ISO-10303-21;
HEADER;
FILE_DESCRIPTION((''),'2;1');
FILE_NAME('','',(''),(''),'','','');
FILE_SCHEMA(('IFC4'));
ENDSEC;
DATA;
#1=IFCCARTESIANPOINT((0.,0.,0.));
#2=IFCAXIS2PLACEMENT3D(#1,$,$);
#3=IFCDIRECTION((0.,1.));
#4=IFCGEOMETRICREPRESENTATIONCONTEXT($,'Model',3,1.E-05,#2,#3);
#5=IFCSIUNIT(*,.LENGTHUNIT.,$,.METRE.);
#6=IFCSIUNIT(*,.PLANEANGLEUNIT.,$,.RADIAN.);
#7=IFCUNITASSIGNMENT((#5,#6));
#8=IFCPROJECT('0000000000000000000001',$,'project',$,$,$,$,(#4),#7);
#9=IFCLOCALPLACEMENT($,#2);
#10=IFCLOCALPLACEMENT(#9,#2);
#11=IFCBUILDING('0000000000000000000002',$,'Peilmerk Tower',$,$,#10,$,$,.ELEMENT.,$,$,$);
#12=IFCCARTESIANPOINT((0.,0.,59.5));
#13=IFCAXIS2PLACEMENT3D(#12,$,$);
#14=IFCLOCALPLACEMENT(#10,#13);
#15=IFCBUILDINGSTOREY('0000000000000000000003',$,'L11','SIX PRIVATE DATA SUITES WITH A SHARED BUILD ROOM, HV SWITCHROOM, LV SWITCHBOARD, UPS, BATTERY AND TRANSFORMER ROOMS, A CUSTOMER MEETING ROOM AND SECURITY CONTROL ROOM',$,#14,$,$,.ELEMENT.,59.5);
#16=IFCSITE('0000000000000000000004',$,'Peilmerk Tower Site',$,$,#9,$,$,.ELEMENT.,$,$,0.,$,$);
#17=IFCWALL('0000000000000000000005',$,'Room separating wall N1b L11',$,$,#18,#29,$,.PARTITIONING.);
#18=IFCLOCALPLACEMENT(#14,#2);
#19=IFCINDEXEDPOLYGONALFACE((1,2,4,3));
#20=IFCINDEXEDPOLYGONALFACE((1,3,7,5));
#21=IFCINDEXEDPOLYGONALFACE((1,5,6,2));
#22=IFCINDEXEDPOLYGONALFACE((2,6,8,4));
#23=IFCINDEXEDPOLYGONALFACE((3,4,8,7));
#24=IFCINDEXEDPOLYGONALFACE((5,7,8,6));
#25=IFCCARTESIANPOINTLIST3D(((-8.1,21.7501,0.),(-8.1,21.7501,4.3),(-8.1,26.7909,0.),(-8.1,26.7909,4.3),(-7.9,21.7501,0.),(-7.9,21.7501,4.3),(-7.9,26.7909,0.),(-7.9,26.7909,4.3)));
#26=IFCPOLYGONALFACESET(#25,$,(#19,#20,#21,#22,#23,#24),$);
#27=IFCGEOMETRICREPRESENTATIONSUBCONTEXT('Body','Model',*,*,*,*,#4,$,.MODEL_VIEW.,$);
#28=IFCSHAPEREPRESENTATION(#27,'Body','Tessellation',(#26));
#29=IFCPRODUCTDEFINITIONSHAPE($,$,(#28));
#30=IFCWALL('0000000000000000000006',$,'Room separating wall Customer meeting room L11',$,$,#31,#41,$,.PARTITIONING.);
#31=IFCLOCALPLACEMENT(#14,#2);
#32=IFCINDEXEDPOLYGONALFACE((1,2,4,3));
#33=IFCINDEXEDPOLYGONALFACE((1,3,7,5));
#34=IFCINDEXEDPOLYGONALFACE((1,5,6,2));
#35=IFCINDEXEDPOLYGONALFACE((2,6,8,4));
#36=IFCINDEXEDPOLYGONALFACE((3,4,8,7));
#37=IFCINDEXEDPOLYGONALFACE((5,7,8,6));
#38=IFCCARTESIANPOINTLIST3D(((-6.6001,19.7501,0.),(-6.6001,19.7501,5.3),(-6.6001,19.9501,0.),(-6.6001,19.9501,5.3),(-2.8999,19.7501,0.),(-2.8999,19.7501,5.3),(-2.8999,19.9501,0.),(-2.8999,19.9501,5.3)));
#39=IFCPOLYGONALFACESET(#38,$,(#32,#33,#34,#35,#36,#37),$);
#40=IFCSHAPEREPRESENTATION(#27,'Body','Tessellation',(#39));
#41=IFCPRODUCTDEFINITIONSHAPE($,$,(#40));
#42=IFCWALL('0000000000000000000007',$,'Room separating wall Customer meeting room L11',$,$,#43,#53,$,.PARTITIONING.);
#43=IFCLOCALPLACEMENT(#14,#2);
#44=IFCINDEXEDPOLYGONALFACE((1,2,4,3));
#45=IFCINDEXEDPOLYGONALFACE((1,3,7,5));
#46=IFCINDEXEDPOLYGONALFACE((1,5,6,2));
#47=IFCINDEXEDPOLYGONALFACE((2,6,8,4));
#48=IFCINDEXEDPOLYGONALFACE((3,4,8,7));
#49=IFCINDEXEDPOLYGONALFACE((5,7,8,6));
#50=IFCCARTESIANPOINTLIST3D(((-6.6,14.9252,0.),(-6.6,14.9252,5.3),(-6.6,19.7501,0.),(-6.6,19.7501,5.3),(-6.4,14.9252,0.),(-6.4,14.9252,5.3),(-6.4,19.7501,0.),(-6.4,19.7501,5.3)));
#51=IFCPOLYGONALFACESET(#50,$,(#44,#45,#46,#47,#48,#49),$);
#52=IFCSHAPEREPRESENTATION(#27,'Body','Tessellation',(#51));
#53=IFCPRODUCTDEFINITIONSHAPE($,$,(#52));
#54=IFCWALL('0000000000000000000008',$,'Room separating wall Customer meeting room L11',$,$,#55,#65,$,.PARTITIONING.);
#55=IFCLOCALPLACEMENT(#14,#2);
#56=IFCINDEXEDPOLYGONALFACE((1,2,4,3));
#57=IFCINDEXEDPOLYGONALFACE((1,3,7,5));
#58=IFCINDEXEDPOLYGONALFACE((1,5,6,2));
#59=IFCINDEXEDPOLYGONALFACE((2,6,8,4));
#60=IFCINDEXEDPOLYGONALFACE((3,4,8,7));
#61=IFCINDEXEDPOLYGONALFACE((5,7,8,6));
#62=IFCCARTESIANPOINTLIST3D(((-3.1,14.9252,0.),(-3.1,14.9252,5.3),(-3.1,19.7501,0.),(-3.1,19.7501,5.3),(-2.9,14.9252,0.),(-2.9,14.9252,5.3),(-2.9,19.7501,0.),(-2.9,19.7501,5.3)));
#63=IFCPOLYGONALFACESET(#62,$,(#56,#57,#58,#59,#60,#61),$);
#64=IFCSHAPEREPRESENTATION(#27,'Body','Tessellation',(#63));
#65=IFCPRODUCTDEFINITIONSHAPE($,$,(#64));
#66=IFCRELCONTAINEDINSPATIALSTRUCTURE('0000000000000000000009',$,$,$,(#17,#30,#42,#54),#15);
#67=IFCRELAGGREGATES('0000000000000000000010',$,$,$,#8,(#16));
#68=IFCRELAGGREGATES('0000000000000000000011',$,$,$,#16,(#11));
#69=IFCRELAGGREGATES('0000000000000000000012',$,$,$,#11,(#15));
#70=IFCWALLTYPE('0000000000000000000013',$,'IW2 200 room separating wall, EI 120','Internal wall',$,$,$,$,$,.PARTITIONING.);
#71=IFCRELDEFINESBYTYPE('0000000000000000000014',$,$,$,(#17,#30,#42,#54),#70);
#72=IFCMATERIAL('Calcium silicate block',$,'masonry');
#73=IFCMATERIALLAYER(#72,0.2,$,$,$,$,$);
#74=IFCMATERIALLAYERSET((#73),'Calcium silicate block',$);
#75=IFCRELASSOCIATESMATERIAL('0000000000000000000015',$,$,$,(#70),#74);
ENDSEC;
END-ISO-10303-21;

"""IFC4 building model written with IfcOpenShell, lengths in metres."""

from ifc_helpers import new_model, si_unit, direction, frame, frame_2d, origin, place, context, subcontext, project, spatial, rectangle, extrude, material, layer, layer_set, type_object, element, save


model = new_model("IFC4")

# Units and contexts
model_context = context("Model", 3, precision=1e-05, world=origin(), true_north=direction((0.0, 1.0)))
body_context = subcontext(model_context, "Body", "Model", "MODEL_VIEW")
ifc_project = project(units=[si_unit("LENGTHUNIT", "METRE"), si_unit("PLANEANGLEUNIT", "RADIAN")], contexts=[model_context])

# Site, building, storey
site_placement = place(None, origin())
site = spatial("IfcSite", under=ifc_project, at=site_placement, Name="Peilmerk Tower Site", CompositionType="ELEMENT", RefElevation=0.0)
building_placement = place(site_placement, origin())
building = spatial("IfcBuilding", under=site, at=building_placement, Name="Peilmerk Tower", CompositionType="ELEMENT")
storey_placement = place(building_placement, frame((0.0, 0.0, 59.5)))
storey = spatial("IfcBuildingStorey", under=building, at=storey_placement, Name="L11", Description="SIX PRIVATE DATA SUITES WITH A SHARED BUILD ROOM, HV SWITCHROOM, LV SWITCHBOARD, UPS, BATTERY AND TRANSFORMER ROOMS, A CUSTOMER MEETING ROOM AND SECURITY CONTROL ROOM", CompositionType="ELEMENT", Elevation=59.5)

# Walls
ifc_material_1 = material(Name="Calcium silicate block", Category="masonry")
ifc_layer = layer(ifc_material_1, 0.2)
ifc_layer_set = layer_set([ifc_layer], Name="Calcium silicate block")
wall_type = type_object("IfcWallType", Name="IW2 200 room separating wall, EI 120", Description="Internal wall", PredefinedType="PARTITIONING", material=ifc_layer_set)
wall_1_placement = place(storey_placement, frame((-8.0, 21.75, 0.0), z_axis=(0.0, 0.0, 1.0), x_axis=(0.0, 1.0, 0.0)))
element("IfcWall", 1, at=wall_1_placement, inside=storey, type_object=wall_type, Name="Room separating wall N1b L11", PredefinedType="PARTITIONING", context=body_context, shape_type="SweptSolid", body=[
    extrude(rectangle(XDim=5.0408, YDim=0.2, at=frame_2d((2.5205, 0.0))), origin(), (0.0, 0.0, 1.0), 4.3),
])
wall_2_placement = place(storey_placement, frame((-6.6001, 19.8501, 0.0), z_axis=(0.0, 0.0, 1.0), x_axis=(1.0, 0.0, 0.0)))
element("IfcWall", 2, at=wall_2_placement, inside=storey, type_object=wall_type, Name="Room separating wall Customer meeting room L11", PredefinedType="PARTITIONING", context=body_context, shape_type="SweptSolid", body=[
    extrude(rectangle(XDim=3.7002, YDim=0.2, at=frame_2d((1.8501, 0.0))), origin(), (0.0, 0.0, 1.0), 5.3),
])
for number, where, z_axis, x_axis, name in (
    (3, (-6.5, 14.925, 0.0), (0.0, 0.0, 1.0), (0.0, 1.0, 0.0), "Room separating wall Customer meeting room L11"),
    (4, (-3.0, 14.925, 0.0), (0.0, 0.0, 1.0), (0.0, 1.0, 0.0), "Room separating wall Customer meeting room L11"),
):
    element("IfcWall", number, at=place(storey_placement, frame(where, z_axis=z_axis, x_axis=x_axis)), inside=storey, type_object=wall_type, Name=name, PredefinedType="PARTITIONING", context=body_context, shape_type="SweptSolid", body=[
        extrude(rectangle(XDim=4.825, YDim=0.2, at=frame_2d((2.4126, 0.0))), origin(), (0.0, 0.0, 1.0), 5.3),
    ])

save(model, "model.ifc")
